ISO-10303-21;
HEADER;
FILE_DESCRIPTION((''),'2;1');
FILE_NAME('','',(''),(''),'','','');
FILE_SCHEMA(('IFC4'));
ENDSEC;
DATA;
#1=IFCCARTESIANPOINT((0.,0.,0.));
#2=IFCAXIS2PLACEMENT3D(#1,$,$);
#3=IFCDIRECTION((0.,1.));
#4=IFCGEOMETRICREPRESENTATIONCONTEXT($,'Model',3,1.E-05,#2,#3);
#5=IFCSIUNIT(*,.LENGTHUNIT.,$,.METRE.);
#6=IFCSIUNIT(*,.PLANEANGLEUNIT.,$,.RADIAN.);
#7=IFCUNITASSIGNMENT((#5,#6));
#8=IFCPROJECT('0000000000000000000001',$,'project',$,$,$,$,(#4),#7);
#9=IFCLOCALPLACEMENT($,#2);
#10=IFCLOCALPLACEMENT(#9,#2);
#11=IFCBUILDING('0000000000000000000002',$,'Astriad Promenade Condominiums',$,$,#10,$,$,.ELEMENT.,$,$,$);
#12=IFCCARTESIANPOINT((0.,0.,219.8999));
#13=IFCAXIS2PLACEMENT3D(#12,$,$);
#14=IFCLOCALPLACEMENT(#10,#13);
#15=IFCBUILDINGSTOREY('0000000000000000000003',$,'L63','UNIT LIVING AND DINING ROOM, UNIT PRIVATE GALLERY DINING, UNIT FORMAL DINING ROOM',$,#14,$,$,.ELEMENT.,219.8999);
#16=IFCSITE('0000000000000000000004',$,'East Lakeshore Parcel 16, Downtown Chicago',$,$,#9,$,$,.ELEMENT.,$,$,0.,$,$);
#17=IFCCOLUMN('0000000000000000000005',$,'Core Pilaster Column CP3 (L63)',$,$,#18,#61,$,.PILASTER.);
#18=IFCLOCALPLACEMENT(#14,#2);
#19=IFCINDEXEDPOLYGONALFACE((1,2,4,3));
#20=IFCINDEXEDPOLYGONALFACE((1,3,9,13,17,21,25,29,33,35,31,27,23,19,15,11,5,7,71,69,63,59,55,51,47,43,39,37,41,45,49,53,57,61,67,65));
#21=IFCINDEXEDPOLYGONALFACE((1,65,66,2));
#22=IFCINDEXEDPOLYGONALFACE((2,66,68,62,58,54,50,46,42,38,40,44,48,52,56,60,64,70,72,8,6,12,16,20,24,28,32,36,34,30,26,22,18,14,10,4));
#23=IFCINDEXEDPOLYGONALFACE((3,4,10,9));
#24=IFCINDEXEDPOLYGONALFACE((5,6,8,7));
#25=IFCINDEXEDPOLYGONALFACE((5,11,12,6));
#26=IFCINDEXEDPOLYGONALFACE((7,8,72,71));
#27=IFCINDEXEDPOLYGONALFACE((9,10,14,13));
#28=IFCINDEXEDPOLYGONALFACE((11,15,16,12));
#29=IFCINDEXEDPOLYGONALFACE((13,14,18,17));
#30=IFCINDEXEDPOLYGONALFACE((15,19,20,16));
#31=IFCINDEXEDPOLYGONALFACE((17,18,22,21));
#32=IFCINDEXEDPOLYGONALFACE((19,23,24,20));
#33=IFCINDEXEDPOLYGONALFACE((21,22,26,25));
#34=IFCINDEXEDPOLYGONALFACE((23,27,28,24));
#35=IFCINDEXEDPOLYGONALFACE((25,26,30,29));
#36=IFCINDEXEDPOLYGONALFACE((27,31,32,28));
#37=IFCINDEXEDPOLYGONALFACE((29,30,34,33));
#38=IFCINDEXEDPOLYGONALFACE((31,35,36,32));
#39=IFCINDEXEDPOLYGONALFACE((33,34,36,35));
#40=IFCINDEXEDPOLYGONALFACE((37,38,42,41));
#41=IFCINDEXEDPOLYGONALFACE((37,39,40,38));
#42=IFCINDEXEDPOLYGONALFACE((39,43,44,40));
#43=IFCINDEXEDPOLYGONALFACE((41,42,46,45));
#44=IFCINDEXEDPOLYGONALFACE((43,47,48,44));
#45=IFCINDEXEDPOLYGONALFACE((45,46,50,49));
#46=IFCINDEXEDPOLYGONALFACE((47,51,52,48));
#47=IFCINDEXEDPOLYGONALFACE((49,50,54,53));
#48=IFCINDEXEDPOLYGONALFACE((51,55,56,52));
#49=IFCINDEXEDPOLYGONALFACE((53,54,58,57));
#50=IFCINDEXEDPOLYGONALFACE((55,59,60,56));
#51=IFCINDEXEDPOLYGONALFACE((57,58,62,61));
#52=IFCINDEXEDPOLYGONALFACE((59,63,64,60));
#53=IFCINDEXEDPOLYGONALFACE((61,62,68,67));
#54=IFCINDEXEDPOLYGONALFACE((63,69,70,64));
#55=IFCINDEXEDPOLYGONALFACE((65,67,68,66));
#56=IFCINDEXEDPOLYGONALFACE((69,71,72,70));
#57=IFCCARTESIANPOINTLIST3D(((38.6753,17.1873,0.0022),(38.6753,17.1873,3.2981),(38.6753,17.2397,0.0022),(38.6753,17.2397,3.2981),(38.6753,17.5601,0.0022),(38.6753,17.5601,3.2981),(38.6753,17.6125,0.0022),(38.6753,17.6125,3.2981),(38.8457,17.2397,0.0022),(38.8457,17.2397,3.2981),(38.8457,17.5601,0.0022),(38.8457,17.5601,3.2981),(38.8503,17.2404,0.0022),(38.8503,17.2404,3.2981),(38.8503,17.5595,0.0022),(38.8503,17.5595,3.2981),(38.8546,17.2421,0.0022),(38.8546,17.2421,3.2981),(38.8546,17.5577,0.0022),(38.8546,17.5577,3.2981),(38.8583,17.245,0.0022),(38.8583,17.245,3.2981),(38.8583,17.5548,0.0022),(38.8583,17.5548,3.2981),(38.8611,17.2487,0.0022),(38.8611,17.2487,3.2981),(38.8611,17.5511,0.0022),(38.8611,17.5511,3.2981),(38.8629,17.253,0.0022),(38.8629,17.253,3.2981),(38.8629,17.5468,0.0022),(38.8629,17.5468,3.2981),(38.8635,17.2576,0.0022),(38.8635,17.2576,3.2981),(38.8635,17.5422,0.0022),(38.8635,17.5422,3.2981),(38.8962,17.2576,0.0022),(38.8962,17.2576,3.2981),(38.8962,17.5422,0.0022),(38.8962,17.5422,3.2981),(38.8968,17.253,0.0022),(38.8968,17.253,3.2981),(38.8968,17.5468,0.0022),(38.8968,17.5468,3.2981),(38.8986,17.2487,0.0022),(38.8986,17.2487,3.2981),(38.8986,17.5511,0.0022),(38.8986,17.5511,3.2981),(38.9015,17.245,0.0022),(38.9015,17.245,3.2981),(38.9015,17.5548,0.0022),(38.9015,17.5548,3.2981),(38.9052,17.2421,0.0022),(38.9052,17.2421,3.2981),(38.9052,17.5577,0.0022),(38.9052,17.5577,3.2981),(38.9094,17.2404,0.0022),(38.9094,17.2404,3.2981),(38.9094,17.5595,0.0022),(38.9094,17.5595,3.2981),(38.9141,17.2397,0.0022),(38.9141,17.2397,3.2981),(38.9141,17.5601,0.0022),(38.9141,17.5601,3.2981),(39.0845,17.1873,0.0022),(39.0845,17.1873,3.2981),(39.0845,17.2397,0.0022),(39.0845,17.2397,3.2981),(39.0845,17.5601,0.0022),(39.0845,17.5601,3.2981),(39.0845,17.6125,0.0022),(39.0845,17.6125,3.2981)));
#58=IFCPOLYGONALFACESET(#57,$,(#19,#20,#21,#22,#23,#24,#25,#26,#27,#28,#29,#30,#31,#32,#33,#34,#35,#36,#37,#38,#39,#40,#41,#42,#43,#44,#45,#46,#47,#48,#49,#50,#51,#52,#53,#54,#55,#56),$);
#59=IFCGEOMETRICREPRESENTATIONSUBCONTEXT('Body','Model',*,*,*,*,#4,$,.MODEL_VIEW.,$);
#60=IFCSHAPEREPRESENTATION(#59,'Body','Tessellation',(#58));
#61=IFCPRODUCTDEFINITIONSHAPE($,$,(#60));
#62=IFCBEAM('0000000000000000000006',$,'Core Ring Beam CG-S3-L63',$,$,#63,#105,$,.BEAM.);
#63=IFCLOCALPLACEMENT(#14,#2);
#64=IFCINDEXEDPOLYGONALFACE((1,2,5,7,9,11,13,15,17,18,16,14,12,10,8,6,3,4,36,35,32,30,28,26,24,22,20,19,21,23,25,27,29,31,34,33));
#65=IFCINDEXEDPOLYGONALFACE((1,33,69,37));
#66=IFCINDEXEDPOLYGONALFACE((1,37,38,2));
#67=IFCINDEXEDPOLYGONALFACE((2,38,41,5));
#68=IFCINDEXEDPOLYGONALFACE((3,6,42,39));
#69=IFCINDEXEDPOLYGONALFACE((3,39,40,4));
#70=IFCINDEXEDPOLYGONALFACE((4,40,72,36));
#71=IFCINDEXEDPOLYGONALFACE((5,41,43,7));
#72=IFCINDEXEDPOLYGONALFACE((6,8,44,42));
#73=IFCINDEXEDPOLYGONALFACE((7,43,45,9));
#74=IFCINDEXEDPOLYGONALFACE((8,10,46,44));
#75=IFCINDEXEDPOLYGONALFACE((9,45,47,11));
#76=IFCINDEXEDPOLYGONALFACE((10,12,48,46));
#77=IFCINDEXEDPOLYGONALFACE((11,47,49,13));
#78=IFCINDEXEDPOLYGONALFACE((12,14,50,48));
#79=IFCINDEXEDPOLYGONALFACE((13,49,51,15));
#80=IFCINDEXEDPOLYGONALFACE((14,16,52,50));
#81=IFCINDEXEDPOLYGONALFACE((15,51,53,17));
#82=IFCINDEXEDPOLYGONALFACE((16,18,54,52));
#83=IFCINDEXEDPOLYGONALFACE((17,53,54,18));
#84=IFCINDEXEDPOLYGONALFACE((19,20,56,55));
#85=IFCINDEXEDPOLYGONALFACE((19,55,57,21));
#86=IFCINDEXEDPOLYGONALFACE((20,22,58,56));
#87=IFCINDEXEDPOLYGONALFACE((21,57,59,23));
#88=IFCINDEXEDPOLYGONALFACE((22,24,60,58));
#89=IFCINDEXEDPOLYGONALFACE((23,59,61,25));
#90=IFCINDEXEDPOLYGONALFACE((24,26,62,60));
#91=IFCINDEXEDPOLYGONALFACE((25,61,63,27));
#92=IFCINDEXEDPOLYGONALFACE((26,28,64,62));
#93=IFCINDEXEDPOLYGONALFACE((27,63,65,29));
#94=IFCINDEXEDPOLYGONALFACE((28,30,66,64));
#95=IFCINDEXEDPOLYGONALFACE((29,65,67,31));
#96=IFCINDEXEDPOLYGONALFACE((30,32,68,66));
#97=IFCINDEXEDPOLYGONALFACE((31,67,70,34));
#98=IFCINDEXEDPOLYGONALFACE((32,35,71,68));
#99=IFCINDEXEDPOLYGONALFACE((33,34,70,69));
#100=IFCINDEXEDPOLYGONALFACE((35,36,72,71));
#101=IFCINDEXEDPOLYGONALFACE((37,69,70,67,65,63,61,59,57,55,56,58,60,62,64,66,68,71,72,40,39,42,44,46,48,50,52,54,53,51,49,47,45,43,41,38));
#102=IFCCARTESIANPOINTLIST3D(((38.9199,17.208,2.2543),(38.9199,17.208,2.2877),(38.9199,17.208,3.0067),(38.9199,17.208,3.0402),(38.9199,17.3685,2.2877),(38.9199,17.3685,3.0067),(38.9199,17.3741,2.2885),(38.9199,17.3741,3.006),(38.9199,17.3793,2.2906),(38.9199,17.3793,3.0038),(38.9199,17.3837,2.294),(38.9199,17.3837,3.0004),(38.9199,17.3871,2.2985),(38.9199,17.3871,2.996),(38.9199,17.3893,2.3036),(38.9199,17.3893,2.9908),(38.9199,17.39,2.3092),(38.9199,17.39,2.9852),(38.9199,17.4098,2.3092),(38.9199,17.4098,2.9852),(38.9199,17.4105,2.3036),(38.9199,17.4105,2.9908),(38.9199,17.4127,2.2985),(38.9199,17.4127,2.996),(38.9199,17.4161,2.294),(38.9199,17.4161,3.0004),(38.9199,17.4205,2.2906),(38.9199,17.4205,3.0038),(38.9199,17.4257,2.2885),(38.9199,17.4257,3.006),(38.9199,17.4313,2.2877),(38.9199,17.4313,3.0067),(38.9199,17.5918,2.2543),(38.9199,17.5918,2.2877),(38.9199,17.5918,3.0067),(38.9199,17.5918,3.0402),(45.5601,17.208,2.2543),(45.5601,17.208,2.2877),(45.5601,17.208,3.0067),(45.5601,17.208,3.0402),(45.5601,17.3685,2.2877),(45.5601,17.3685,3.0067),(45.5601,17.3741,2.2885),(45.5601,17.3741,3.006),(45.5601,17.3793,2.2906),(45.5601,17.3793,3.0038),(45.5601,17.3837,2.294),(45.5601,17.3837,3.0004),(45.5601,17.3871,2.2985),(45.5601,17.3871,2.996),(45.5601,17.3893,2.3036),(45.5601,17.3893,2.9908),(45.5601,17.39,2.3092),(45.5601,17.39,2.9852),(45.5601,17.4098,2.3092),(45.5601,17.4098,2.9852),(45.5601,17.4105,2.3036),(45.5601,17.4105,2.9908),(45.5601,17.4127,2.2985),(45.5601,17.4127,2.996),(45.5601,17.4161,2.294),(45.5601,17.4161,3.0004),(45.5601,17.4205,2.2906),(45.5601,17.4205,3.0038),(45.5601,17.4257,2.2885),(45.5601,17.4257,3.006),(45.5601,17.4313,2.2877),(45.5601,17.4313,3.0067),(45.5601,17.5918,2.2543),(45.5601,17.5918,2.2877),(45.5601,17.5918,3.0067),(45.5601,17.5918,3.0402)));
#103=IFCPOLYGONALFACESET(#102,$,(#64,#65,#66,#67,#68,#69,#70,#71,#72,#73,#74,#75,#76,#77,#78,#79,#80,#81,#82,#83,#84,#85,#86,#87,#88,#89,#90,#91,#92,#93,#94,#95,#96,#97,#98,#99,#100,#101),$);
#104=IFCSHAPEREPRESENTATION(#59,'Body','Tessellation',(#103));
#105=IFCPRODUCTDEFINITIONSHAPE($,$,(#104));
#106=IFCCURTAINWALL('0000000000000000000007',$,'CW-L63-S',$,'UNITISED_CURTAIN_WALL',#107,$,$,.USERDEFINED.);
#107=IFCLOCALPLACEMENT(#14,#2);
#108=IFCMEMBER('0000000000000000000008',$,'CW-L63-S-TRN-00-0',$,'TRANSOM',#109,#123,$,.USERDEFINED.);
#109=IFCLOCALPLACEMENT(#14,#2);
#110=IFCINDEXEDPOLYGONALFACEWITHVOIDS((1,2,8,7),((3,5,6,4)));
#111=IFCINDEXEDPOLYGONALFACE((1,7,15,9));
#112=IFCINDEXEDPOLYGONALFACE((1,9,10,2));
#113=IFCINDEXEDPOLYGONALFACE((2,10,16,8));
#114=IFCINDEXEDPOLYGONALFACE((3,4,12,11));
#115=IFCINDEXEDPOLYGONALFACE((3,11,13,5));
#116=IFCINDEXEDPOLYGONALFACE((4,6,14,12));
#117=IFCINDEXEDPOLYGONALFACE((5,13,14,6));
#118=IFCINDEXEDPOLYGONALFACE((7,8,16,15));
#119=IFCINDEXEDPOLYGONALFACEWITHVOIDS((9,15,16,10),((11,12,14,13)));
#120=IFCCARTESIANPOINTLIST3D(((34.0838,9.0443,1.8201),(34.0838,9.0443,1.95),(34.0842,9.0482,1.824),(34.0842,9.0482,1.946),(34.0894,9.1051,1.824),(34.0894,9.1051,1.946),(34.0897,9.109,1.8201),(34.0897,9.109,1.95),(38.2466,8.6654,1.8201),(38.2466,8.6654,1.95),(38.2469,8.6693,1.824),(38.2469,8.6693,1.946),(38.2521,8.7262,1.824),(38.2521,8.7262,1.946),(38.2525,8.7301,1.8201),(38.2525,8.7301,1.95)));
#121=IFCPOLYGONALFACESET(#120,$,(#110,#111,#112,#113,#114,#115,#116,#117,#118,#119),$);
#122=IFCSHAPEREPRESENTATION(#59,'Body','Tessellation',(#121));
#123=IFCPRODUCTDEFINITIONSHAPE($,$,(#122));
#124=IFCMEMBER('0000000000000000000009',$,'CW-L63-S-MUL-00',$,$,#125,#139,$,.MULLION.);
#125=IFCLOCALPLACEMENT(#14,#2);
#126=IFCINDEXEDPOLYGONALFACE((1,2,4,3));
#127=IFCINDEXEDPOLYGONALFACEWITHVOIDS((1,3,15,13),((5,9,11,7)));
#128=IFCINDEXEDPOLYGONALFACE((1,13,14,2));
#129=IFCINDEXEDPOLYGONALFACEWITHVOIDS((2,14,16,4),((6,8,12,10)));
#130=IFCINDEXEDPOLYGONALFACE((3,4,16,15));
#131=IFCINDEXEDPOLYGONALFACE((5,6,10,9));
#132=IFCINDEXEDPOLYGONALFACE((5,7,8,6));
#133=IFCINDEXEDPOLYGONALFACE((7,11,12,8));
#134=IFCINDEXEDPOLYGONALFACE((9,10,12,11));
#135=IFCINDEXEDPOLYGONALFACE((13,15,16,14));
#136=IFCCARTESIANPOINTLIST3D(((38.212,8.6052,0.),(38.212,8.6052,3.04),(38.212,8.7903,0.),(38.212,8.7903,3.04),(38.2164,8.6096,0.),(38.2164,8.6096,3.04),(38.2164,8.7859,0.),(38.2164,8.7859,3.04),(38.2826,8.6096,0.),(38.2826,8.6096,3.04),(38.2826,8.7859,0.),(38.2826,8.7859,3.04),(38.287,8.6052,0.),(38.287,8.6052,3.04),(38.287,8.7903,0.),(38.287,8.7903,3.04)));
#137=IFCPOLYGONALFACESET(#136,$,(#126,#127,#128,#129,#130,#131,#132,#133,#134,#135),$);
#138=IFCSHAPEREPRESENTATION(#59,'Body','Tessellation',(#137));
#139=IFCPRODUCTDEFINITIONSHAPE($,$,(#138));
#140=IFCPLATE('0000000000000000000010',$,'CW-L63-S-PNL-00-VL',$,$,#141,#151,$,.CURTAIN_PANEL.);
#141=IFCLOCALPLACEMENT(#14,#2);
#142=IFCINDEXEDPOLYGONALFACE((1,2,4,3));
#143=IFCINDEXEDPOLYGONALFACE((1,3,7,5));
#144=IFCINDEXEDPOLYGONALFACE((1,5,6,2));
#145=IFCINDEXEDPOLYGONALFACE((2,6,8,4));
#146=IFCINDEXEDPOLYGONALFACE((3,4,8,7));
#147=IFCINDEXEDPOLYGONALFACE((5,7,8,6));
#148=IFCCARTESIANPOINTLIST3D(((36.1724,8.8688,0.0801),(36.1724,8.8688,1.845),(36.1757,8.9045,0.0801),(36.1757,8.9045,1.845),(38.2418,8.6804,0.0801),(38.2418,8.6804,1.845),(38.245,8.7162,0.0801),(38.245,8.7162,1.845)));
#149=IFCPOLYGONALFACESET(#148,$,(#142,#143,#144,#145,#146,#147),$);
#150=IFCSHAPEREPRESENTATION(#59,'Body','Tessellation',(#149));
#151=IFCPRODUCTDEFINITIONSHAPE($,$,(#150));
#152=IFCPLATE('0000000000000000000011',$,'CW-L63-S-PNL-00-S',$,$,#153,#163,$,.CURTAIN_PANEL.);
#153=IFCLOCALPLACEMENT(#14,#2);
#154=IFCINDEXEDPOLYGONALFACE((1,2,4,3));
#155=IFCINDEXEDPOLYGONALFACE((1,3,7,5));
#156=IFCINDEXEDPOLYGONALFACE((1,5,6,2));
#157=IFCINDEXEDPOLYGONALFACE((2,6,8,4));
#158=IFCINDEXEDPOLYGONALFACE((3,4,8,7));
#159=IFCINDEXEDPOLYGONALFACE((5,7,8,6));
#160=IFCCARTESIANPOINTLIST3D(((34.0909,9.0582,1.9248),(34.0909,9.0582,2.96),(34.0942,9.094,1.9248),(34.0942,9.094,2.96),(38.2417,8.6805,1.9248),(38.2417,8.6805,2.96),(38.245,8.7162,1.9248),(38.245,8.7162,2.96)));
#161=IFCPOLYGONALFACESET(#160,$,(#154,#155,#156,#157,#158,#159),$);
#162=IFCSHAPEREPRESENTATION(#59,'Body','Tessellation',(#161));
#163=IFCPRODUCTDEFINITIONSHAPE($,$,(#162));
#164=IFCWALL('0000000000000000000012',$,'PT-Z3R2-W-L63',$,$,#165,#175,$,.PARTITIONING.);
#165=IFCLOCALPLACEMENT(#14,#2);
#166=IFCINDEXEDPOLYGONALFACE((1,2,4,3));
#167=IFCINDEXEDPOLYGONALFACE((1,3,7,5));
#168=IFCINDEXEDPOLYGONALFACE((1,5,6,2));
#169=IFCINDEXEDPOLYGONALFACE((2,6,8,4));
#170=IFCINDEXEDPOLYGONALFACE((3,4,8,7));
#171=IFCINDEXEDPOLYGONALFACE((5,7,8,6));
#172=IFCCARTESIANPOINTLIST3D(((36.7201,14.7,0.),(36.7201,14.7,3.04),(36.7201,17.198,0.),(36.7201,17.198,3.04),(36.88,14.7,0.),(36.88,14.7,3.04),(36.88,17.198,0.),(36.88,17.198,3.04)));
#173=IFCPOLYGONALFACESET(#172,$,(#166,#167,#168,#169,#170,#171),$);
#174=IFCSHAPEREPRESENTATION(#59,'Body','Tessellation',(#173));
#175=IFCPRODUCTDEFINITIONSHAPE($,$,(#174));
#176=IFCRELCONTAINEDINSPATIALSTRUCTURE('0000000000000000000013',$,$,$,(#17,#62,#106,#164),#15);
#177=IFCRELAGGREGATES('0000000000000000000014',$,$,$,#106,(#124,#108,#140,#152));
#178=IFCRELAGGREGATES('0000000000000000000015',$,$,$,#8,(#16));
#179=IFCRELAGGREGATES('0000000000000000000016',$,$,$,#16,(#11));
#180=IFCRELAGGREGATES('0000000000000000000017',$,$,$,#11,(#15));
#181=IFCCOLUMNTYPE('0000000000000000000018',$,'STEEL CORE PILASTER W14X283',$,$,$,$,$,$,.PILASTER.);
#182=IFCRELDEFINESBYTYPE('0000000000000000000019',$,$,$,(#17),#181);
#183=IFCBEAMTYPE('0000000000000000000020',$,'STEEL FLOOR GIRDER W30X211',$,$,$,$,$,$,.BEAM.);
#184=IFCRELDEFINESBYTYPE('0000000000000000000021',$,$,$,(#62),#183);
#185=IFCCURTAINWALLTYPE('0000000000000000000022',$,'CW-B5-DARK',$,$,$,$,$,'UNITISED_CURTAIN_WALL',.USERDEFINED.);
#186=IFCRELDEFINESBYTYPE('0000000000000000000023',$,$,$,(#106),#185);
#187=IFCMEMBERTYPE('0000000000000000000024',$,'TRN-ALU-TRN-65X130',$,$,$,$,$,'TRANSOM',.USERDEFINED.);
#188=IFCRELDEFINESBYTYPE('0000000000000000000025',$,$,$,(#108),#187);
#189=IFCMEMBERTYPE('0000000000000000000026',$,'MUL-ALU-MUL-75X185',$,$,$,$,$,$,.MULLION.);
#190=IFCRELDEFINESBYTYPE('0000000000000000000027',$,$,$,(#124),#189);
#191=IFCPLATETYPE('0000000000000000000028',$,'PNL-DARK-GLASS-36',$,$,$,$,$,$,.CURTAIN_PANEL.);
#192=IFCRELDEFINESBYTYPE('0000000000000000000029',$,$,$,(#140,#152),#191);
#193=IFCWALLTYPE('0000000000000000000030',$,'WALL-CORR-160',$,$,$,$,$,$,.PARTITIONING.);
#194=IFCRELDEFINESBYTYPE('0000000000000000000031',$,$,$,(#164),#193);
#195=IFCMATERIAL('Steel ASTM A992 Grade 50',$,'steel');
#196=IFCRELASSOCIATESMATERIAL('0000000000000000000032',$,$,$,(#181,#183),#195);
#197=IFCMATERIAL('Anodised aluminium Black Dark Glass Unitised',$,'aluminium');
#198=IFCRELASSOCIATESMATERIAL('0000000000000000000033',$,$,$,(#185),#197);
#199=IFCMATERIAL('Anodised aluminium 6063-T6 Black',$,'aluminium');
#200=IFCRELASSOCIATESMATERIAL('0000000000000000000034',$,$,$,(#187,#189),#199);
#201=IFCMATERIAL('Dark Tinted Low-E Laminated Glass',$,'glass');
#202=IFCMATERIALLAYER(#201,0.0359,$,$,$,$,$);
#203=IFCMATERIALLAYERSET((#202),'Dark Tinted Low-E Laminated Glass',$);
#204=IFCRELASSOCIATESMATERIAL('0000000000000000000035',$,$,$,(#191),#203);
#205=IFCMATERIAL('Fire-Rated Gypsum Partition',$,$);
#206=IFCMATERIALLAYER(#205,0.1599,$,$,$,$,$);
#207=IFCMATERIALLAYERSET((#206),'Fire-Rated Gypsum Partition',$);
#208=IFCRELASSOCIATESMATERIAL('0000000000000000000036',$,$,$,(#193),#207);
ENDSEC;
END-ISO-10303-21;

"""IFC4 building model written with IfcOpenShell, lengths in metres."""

from ifc_helpers import new_model, si_unit, direction, frame, frame_2d, origin, origin_2d, place, context, subcontext, project, spatial, rectangle, hollow_rectangle, i_section, extrude, source, transform, mapped, material, layer, layer_set, material_profile, profile_set, type_object, type_shapes, element, aggregate, save


model = new_model("IFC4")

# Units and contexts
model_context = context("Model", 3, precision=1e-05, world=origin(), true_north=direction((0.0, 1.0)))
body_context = subcontext(model_context, "Body", "Model", "MODEL_VIEW")
ifc_project = project(units=[si_unit("LENGTHUNIT", "METRE"), si_unit("PLANEANGLEUNIT", "RADIAN")], contexts=[model_context])

# Site, building, storey
site_placement = place(None, origin())
site = spatial("IfcSite", under=ifc_project, at=site_placement, Name="East Lakeshore Parcel 16, Downtown Chicago", CompositionType="ELEMENT", RefElevation=0.0)
building_placement = place(site_placement, origin())
building = spatial("IfcBuilding", under=site, at=building_placement, Name="Astriad Promenade Condominiums", CompositionType="ELEMENT")
storey_placement = place(building_placement, frame((0.0, 0.0, 219.8999)))
storey = spatial("IfcBuildingStorey", under=building, at=storey_placement, Name="L63", Description="UNIT LIVING AND DINING ROOM, UNIT PRIVATE GALLERY DINING, UNIT FORMAL DINING ROOM", CompositionType="ELEMENT", Elevation=219.8999)

# Column
ifc_material_1 = material(Name="Steel ASTM A992 Grade 50", Category="steel")
ifc_material_profile_1 = material_profile(ifc_material_1, i_section(OverallWidth=0.4092, OverallDepth=0.4253, WebThickness=0.0327, FlangeThickness=0.0525, FilletRadius=0.0178, at=origin_2d()), Name="W14X283")
ifc_profile_set_1 = profile_set([ifc_material_profile_1], Name="Steel ASTM A992 Grade 50")
column_type = type_object("IfcColumnType", Name="STEEL CORE PILASTER W14X283", PredefinedType="PILASTER", material=ifc_profile_set_1)
shared_shape_1 = source(origin(), body_context, "Body", "SweptSolid", [
    extrude(i_section(OverallWidth=0.4092, OverallDepth=0.4253, WebThickness=0.0327, FlangeThickness=0.0525, FilletRadius=0.0178, at=origin_2d()), origin(), (0.0, 0.0, 1.0), 3.2959),
])
type_shapes(column_type, [shared_shape_1])
column_placement = place(storey_placement, frame((38.8799, 17.3999, 0.0022), z_axis=(0.0, 0.0, 1.0), x_axis=(1.0, 0.0, 0.0)))
element("IfcColumn", 1, at=column_placement, inside=storey, type_object=column_type, Name="Core Pilaster Column CP3 (L63)", PredefinedType="PILASTER", context=body_context, shape_type="MappedRepresentation", body=[
    mapped(shared_shape_1, transform((0.0, 0.0, 0.0), scale=1.0)),
])

# Beam
ifc_material_profile_2 = material_profile(ifc_material_1, i_section(OverallWidth=0.3838, OverallDepth=0.7859, WebThickness=0.0198, FlangeThickness=0.0334, FilletRadius=0.0215, at=origin_2d()), Name="W30X211")
ifc_profile_set_2 = profile_set([ifc_material_profile_2], Name="Steel ASTM A992 Grade 50")
beam_type = type_object("IfcBeamType", Name="STEEL FLOOR GIRDER W30X211", PredefinedType="BEAM", material=ifc_profile_set_2)
shared_shape_2 = source(origin(), body_context, "Body", "SweptSolid", [
    extrude(i_section(OverallWidth=0.3838, OverallDepth=0.7859, WebThickness=0.0198, FlangeThickness=0.0334, FilletRadius=0.0215, at=origin_2d()), origin(), (0.0, 0.0, 1.0), 6.6401),
])
type_shapes(beam_type, [shared_shape_2])
beam_placement = place(storey_placement, frame((38.9199, 17.3999, 2.6472), z_axis=(1.0, 0.0, 0.0), x_axis=(0.0, 1.0, 0.0)))
element("IfcBeam", 2, at=beam_placement, inside=storey, type_object=beam_type, Name="Core Ring Beam CG-S3-L63", PredefinedType="BEAM", context=body_context, shape_type="MappedRepresentation", body=[
    mapped(shared_shape_2, transform((0.0, 0.0, 0.0), scale=1.0)),
])

# Curtain wall, members, plates
ifc_material_2 = material(Name="Anodised aluminium Black Dark Glass Unitised", Category="aluminium")
curtain_wall_type = type_object("IfcCurtainWallType", Name="CW-B5-DARK", ElementType="UNITISED_CURTAIN_WALL", PredefinedType="USERDEFINED", material=ifc_material_2)
curtain_wall_placement = place(storey_placement, origin())
curtain_wall = element("IfcCurtainWall", 3, at=curtain_wall_placement, inside=storey, type_object=curtain_wall_type, Name="CW-L63-S", ObjectType="UNITISED_CURTAIN_WALL", PredefinedType="USERDEFINED")
ifc_material_3 = material(Name="Anodised aluminium 6063-T6 Black", Category="aluminium")
ifc_material_profile_3 = material_profile(ifc_material_3, hollow_rectangle(XDim=0.0649, YDim=0.1299, WallThickness=0.0039, at=origin_2d()), Name="ALU-TRN-65X130")
ifc_profile_set_3 = profile_set([ifc_material_profile_3], Name="Anodised aluminium 6063-T6 Black")
member_type_1 = type_object("IfcMemberType", Name="TRN-ALU-TRN-65X130", ElementType="TRANSOM", PredefinedType="USERDEFINED", material=ifc_profile_set_3)
shared_shape_3 = source(origin(), body_context, "Body", "SweptSolid", [
    extrude(hollow_rectangle(XDim=0.0649, YDim=0.1299, WallThickness=0.0039, at=origin_2d()), origin(), (0.0, 0.0, 1.0), 4.1799),
])
type_shapes(member_type_1, [shared_shape_3])
member_1_placement = place(storey_placement, frame((38.2495, 8.6978, 1.885), z_axis=(-0.995883, 0.090646, 0.0), x_axis=(-0.090646, -0.995883, 0.0)))
member_1 = element("IfcMember", 4, at=member_1_placement, type_object=member_type_1, Name="CW-L63-S-TRN-00-0", ObjectType="TRANSOM", PredefinedType="USERDEFINED", context=body_context, shape_type="MappedRepresentation", body=[
    mapped(shared_shape_3, transform((0.0, 0.0, 0.0), scale=1.0)),
])
ifc_material_profile_4 = material_profile(ifc_material_3, hollow_rectangle(XDim=0.075, YDim=0.1851, WallThickness=0.0044, at=origin_2d()), Name="ALU-MUL-75X185")
ifc_profile_set_4 = profile_set([ifc_material_profile_4], Name="Anodised aluminium 6063-T6 Black")
member_type_2 = type_object("IfcMemberType", Name="MUL-ALU-MUL-75X185", PredefinedType="MULLION", material=ifc_profile_set_4)
shared_shape_4 = source(origin(), body_context, "Body", "SweptSolid", [
    extrude(hollow_rectangle(XDim=0.075, YDim=0.1851, WallThickness=0.0044, at=origin_2d()), origin(), (0.0, 0.0, 1.0), 3.04),
])
type_shapes(member_type_2, [shared_shape_4])
member_2_placement = place(storey_placement, frame((38.2495, 8.6978, 0.0), z_axis=(0.0, 0.0, 1.0), x_axis=(1.0, 0.0, 0.0)))
member_2 = element("IfcMember", 5, at=member_2_placement, type_object=member_type_2, Name="CW-L63-S-MUL-00", PredefinedType="MULLION", context=body_context, shape_type="MappedRepresentation", body=[
    mapped(shared_shape_4, transform((0.0, 0.0, 0.0), scale=1.0)),
])
ifc_material_4 = material(Name="Dark Tinted Low-E Laminated Glass", Category="glass")
ifc_layer_1 = layer(ifc_material_4, 0.0359)
ifc_layer_set_1 = layer_set([ifc_layer_1], Name="Dark Tinted Low-E Laminated Glass")
plate_type = type_object("IfcPlateType", Name="PNL-DARK-GLASS-36", PredefinedType="CURTAIN_PANEL", material=ifc_layer_set_1)
shared_shape_5 = source(origin(), body_context, "Body", "SweptSolid", [
    extrude(rectangle(XDim=2.0779, YDim=0.0359, at=origin_2d()), origin(), (0.0, 0.0, 1.0), 1.7649),
])
plate_1_placement = place(storey_placement, frame((37.2087, 8.7925, 0.0801), z_axis=(0.0, 0.0, 1.0), x_axis=(-0.995884, 0.090633, 0.0)))
plate_1 = element("IfcPlate", 6, at=plate_1_placement, type_object=plate_type, Name="CW-L63-S-PNL-00-VL", PredefinedType="CURTAIN_PANEL", context=body_context, shape_type="MappedRepresentation", body=[
    mapped(shared_shape_5, transform((0.0, 0.0, 0.0), scale=1.0)),
])
shared_shape_6 = source(origin(), body_context, "Body", "SweptSolid", [
    extrude(rectangle(XDim=4.168, YDim=0.0359, at=origin_2d()), origin(), (0.0, 0.0, 1.0), 1.0352),
])
type_shapes(plate_type, [shared_shape_5, shared_shape_6])
plate_2_placement = place(storey_placement, frame((36.168, 8.8872, 1.9248), z_axis=(0.0, 0.0, 1.0), x_axis=(-0.995884, 0.090633, 0.0)))
plate_2 = element("IfcPlate", 7, at=plate_2_placement, type_object=plate_type, Name="CW-L63-S-PNL-00-S", PredefinedType="CURTAIN_PANEL", context=body_context, shape_type="MappedRepresentation", body=[
    mapped(shared_shape_6, transform((0.0, 0.0, 0.0), scale=1.0)),
])
aggregate(curtain_wall, [member_2, member_1, plate_1, plate_2])

# Wall
ifc_material_5 = material(Name="Fire-Rated Gypsum Partition")
ifc_layer_2 = layer(ifc_material_5, 0.1599)
ifc_layer_set_2 = layer_set([ifc_layer_2], Name="Fire-Rated Gypsum Partition")
wall_type_1 = type_object("IfcWallType", Name="WALL-CORR-160", PredefinedType="PARTITIONING", material=ifc_layer_set_2)
wall_1_placement = place(storey_placement, frame((36.8, 14.7, 0.0), z_axis=(0.0, 0.0, 1.0), x_axis=(0.0, 1.0, 0.0)))
element("IfcWall", 8, at=wall_1_placement, inside=storey, type_object=wall_type_1, Name="PT-Z3R2-W-L63", PredefinedType="PARTITIONING", context=body_context, shape_type="SweptSolid", body=[
    extrude(rectangle(XDim=2.498, YDim=0.1599, at=frame_2d((1.249, 0.0))), origin(), (0.0, 0.0, 1.0), 3.04),
])

save(model, "model.ifc")
